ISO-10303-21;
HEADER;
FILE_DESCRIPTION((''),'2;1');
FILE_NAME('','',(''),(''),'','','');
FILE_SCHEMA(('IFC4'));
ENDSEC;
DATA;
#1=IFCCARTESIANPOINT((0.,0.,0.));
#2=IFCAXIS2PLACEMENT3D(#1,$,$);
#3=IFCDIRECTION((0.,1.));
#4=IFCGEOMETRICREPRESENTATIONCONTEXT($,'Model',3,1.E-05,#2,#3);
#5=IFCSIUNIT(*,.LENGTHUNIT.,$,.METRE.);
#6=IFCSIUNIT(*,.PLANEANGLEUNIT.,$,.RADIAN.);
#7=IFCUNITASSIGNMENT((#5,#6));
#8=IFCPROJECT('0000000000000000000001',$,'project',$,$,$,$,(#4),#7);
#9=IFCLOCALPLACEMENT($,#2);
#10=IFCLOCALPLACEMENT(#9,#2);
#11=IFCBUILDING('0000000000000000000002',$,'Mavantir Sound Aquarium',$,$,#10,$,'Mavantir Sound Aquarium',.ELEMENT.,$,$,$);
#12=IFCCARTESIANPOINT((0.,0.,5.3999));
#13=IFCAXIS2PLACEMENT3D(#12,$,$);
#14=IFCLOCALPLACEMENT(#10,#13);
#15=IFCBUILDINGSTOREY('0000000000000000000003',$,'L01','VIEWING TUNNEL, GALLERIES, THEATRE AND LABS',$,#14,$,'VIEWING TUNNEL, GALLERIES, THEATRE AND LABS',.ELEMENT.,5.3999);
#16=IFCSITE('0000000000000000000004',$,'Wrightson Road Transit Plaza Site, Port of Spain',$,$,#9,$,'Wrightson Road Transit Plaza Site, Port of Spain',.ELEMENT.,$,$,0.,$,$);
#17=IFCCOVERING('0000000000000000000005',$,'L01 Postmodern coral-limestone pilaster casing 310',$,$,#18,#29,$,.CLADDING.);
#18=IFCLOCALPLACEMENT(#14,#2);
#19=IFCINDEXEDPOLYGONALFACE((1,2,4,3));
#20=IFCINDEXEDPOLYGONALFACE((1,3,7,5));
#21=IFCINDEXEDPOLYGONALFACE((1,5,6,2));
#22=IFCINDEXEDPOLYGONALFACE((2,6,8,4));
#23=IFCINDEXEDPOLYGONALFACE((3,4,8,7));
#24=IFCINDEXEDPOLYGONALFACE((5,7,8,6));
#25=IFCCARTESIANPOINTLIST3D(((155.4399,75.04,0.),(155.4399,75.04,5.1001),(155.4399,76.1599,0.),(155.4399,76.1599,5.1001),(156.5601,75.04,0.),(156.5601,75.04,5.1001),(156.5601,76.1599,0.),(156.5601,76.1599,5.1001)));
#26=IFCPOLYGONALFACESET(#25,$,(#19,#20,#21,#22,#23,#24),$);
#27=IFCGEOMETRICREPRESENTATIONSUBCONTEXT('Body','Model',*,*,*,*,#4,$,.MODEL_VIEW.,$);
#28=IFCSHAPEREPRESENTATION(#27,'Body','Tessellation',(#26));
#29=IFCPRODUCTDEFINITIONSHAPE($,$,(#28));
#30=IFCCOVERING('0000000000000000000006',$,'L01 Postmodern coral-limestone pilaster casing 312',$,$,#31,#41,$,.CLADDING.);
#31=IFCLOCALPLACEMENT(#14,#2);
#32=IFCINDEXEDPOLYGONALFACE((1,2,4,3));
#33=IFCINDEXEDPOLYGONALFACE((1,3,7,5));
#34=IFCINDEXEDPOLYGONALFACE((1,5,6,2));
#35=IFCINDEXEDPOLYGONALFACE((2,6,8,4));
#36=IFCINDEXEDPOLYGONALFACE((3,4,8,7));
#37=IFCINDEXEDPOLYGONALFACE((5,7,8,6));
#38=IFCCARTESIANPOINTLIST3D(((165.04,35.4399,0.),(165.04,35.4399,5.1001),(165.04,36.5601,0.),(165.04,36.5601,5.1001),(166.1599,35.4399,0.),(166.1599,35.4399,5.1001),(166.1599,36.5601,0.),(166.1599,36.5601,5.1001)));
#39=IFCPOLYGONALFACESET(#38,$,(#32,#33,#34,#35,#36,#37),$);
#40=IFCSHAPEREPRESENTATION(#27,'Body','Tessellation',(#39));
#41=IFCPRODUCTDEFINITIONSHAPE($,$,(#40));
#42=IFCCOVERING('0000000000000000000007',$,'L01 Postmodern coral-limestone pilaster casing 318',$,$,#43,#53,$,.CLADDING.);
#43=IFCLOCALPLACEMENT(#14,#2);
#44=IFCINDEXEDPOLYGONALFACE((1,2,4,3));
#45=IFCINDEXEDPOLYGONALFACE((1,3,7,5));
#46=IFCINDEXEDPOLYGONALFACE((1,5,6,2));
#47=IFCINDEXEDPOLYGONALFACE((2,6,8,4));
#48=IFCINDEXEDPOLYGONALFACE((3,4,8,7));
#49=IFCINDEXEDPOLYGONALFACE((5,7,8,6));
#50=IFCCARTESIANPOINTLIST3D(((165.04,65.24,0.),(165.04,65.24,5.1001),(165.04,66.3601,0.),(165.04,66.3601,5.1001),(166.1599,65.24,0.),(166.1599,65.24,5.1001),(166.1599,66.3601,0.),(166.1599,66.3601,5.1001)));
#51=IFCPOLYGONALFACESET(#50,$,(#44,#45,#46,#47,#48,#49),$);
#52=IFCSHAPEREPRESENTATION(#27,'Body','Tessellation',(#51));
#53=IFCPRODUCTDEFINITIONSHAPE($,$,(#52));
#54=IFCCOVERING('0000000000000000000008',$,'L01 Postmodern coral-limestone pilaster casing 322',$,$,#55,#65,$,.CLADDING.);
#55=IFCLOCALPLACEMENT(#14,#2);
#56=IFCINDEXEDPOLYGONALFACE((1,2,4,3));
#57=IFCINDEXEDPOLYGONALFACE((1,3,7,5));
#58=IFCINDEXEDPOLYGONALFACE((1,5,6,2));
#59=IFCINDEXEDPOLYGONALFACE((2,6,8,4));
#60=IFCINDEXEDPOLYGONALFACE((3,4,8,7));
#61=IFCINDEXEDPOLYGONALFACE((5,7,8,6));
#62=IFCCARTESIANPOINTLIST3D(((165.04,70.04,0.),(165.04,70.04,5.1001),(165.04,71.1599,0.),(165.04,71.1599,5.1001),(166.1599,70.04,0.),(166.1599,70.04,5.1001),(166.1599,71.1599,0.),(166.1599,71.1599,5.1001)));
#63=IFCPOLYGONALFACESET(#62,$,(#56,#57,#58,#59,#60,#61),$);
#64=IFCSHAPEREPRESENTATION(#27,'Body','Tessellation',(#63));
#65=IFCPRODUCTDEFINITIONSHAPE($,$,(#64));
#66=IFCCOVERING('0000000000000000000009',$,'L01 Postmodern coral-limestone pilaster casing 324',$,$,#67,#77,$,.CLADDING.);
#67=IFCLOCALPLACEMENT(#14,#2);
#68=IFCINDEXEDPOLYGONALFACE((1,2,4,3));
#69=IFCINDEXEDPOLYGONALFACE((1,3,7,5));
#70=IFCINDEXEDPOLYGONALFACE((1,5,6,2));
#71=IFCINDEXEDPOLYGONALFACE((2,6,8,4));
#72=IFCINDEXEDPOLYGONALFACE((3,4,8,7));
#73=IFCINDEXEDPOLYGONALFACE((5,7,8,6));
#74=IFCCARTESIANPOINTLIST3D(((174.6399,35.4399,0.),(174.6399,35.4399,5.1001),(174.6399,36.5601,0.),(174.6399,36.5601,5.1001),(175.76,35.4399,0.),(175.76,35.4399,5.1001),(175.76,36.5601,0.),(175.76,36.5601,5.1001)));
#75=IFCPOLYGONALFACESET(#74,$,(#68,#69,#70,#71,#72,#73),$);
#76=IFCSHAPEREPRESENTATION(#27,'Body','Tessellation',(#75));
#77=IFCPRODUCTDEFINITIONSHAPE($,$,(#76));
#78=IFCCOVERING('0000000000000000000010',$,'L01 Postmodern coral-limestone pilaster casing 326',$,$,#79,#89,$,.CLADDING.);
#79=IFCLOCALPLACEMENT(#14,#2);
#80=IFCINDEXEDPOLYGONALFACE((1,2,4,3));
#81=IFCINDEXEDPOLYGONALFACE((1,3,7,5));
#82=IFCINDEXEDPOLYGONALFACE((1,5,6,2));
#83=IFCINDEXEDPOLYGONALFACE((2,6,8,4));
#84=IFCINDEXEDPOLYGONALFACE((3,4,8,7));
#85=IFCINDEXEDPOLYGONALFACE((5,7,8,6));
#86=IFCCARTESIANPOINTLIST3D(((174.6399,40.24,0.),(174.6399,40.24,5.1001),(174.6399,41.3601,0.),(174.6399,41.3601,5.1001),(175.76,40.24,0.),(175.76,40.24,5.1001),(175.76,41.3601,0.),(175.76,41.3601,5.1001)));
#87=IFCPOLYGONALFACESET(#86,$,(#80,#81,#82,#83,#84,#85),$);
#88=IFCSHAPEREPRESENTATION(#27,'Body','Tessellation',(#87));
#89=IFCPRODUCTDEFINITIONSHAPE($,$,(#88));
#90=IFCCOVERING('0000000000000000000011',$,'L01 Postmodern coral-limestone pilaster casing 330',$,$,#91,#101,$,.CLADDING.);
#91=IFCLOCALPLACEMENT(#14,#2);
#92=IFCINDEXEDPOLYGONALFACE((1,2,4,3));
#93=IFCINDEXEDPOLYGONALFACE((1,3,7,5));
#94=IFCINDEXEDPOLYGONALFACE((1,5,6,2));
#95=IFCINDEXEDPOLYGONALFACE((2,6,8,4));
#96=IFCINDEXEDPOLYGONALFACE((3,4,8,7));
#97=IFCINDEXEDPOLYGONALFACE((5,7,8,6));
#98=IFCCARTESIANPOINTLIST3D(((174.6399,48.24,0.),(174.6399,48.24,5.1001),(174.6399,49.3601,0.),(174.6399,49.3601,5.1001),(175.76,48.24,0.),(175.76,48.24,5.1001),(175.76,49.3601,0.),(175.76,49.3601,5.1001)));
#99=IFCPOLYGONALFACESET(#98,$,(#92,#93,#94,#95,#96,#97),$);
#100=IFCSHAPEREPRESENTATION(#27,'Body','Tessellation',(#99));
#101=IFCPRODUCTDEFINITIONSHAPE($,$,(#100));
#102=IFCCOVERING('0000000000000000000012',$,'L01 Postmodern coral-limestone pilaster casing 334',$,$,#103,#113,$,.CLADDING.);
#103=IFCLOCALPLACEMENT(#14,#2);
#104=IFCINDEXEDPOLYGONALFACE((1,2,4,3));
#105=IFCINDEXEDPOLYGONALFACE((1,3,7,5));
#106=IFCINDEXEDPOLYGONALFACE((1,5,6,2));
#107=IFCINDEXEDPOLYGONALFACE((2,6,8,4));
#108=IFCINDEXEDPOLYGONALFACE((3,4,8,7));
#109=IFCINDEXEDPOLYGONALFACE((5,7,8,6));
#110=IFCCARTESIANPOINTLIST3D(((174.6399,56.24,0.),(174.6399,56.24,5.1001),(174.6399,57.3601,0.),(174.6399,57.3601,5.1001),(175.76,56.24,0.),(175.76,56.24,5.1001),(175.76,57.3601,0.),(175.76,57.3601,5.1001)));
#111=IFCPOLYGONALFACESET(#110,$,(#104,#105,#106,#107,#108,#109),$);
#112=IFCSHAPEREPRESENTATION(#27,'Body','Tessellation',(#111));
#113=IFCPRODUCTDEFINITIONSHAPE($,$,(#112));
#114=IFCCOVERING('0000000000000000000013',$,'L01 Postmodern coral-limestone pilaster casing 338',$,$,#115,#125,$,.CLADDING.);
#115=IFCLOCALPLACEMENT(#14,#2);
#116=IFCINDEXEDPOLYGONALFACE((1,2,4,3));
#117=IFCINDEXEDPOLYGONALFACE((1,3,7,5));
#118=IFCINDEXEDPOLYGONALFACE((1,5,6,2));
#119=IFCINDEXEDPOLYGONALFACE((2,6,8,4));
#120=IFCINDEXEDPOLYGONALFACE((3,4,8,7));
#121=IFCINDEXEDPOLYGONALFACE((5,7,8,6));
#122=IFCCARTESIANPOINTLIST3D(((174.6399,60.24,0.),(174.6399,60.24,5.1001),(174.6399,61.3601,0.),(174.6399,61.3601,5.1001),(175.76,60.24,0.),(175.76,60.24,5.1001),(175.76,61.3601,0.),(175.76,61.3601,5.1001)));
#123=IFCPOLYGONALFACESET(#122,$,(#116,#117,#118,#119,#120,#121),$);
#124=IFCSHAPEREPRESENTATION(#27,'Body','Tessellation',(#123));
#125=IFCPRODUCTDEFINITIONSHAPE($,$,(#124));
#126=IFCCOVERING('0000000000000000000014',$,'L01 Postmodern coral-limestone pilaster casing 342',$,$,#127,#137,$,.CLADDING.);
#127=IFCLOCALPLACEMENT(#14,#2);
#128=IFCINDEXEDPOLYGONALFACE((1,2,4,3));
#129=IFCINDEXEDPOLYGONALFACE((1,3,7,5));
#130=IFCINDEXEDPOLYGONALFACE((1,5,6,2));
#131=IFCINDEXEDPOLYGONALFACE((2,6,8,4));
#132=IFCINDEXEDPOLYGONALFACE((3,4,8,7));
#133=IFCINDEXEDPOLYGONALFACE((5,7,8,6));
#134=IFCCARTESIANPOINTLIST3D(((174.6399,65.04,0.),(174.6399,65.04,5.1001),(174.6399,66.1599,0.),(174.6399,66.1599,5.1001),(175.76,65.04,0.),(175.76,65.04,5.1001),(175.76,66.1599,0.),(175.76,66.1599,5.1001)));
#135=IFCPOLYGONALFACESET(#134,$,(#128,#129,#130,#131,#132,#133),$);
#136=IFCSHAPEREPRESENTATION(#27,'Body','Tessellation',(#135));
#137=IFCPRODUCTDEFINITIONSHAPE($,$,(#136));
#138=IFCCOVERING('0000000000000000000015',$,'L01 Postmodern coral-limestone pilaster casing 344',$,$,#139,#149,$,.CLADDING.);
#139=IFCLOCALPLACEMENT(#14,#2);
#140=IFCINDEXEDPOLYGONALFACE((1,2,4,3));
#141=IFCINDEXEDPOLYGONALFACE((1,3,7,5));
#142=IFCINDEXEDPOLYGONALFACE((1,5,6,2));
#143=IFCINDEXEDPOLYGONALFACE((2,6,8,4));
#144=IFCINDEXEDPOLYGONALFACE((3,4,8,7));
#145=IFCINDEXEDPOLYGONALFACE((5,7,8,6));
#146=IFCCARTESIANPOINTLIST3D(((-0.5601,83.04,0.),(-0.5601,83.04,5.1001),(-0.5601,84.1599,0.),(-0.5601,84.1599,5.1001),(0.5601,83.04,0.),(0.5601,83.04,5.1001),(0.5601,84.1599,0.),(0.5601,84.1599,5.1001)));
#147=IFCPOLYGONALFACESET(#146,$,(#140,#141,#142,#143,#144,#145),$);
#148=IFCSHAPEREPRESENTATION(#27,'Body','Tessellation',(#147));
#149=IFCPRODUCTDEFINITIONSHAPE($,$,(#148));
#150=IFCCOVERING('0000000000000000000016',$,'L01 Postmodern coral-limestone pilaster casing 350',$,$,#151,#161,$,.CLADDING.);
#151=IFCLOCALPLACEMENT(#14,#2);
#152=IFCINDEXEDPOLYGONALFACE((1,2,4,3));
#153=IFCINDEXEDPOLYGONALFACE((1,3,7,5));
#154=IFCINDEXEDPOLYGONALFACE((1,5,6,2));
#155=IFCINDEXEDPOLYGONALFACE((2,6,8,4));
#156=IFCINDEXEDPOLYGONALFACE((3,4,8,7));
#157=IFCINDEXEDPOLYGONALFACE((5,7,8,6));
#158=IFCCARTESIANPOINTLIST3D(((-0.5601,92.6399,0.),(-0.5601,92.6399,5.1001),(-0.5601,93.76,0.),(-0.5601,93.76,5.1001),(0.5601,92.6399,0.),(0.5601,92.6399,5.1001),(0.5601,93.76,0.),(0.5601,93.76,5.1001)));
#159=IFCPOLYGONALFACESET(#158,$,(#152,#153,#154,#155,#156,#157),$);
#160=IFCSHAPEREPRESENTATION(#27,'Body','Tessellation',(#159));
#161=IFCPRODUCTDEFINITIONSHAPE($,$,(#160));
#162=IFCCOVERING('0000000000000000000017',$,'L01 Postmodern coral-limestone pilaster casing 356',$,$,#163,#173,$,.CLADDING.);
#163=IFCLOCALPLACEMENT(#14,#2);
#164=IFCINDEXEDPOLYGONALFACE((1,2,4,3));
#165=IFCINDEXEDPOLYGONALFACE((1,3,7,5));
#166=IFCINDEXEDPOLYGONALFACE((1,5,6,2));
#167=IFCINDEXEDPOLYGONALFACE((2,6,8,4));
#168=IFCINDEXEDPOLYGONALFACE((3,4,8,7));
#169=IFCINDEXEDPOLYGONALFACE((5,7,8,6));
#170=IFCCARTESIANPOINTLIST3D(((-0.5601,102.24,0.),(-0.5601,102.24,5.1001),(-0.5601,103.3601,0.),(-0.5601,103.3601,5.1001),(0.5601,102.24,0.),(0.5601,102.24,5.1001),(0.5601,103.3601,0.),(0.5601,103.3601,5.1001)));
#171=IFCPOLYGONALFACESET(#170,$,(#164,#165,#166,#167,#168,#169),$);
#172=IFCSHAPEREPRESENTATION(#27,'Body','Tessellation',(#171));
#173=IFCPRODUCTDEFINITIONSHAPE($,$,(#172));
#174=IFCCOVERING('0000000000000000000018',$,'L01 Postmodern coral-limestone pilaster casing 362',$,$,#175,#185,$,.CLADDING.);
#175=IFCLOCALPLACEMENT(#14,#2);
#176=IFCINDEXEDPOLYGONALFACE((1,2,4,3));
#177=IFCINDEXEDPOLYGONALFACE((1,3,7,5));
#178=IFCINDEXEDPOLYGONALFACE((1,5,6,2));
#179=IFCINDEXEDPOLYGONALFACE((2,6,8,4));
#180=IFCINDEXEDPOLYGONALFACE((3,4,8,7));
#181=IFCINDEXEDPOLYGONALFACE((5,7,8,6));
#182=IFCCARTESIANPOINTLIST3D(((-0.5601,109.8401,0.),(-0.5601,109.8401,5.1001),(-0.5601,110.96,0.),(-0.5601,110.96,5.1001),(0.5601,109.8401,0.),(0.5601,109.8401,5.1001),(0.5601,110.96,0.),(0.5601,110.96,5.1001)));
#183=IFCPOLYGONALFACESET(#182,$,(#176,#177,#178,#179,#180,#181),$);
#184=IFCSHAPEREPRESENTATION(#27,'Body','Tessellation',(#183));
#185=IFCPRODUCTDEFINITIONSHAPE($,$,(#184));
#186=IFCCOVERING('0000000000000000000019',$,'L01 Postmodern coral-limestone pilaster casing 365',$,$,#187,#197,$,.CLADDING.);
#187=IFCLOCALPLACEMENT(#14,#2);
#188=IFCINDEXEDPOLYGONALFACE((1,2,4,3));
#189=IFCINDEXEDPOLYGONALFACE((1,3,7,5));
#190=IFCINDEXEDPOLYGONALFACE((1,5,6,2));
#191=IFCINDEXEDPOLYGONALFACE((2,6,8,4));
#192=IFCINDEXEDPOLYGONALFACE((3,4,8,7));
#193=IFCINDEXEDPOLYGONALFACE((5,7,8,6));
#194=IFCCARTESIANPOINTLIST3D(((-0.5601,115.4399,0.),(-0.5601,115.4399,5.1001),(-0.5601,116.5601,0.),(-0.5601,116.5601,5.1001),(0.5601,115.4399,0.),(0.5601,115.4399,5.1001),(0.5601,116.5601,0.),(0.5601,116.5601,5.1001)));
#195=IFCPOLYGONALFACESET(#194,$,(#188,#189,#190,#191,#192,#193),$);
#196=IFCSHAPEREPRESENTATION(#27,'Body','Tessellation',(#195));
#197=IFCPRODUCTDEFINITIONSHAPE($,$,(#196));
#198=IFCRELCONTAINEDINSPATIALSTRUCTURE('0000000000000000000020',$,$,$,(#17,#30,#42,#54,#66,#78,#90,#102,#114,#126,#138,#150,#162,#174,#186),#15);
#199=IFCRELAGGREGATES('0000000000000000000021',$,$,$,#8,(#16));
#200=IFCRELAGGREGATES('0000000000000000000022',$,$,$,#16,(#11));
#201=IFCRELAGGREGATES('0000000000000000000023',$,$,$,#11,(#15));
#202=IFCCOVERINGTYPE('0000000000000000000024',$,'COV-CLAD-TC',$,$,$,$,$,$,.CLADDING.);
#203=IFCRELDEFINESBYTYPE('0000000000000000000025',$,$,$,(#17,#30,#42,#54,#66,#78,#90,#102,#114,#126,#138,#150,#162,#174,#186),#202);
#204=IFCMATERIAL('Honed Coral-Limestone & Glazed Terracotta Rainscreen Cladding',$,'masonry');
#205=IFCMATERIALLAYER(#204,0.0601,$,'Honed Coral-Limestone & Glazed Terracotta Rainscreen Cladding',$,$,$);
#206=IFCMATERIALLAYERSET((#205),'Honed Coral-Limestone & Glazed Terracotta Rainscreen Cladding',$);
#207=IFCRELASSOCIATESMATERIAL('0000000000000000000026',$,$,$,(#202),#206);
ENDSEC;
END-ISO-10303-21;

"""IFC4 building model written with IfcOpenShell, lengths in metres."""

from ifc_helpers import new_model, si_unit, direction, frame, origin, place, context, subcontext, project, spatial, polyline, outline, extrude, material, layer, layer_set, type_object, element, save


model = new_model("IFC4")

# Units and contexts
model_context = context("Model", 3, precision=1e-05, world=origin(), true_north=direction((0.0, 1.0)))
body_context = subcontext(model_context, "Body", "Model", "MODEL_VIEW")
ifc_project = project(units=[si_unit("LENGTHUNIT", "METRE"), si_unit("PLANEANGLEUNIT", "RADIAN")], contexts=[model_context])

# Site, building, storey
site_placement = place(None, origin())
site = spatial("IfcSite", under=ifc_project, at=site_placement, Name="Wrightson Road Transit Plaza Site, Port of Spain", LongName="Wrightson Road Transit Plaza Site, Port of Spain", CompositionType="ELEMENT", RefElevation=0.0)
building_placement = place(site_placement, origin())
building = spatial("IfcBuilding", under=site, at=building_placement, Name="Mavantir Sound Aquarium", LongName="Mavantir Sound Aquarium", CompositionType="ELEMENT")
storey_placement = place(building_placement, frame((0.0, 0.0, 5.3999)))
storey = spatial("IfcBuildingStorey", under=building, at=storey_placement, Name="L01", Description="VIEWING TUNNEL, GALLERIES, THEATRE AND LABS", LongName="VIEWING TUNNEL, GALLERIES, THEATRE AND LABS", CompositionType="ELEMENT", Elevation=5.3999)

# Coverings
ifc_material = material(Name="Honed Coral-Limestone & Glazed Terracotta Rainscreen Cladding", Category="masonry")
ifc_layer = layer(ifc_material, 0.0601, Name="Honed Coral-Limestone & Glazed Terracotta Rainscreen Cladding")
ifc_layer_set = layer_set([ifc_layer], Name="Honed Coral-Limestone & Glazed Terracotta Rainscreen Cladding")
covering_type = type_object("IfcCoveringType", Name="COV-CLAD-TC", PredefinedType="CLADDING", material=ifc_layer_set)
covering_1_placement = place(storey_placement, origin())
element("IfcCovering", 1, at=covering_1_placement, inside=storey, type_object=covering_type, Name="L01 Postmodern coral-limestone pilaster casing 310", PredefinedType="CLADDING", context=body_context, shape_type="SweptSolid", body=[
    extrude(outline(polyline([(155.4399, 75.04), (156.5601, 75.04), (156.5601, 76.1599), (155.4399, 76.1599), (155.4399, 75.04)])), origin(), (0.0, 0.0, 1.0), 5.1001),
])
covering_2_placement = place(storey_placement, origin())
element("IfcCovering", 2, at=covering_2_placement, inside=storey, type_object=covering_type, Name="L01 Postmodern coral-limestone pilaster casing 312", PredefinedType="CLADDING", context=body_context, shape_type="SweptSolid", body=[
    extrude(outline(polyline([(165.04, 35.4399), (166.1599, 35.4399), (166.1599, 36.5601), (165.04, 36.5601), (165.04, 35.4399)])), origin(), (0.0, 0.0, 1.0), 5.1001),
])
covering_3_placement = place(storey_placement, origin())
element("IfcCovering", 3, at=covering_3_placement, inside=storey, type_object=covering_type, Name="L01 Postmodern coral-limestone pilaster casing 318", PredefinedType="CLADDING", context=body_context, shape_type="SweptSolid", body=[
    extrude(outline(polyline([(165.04, 65.24), (166.1599, 65.24), (166.1599, 66.3601), (165.04, 66.3601), (165.04, 65.24)])), origin(), (0.0, 0.0, 1.0), 5.1001),
])
covering_4_placement = place(storey_placement, origin())
element("IfcCovering", 4, at=covering_4_placement, inside=storey, type_object=covering_type, Name="L01 Postmodern coral-limestone pilaster casing 322", PredefinedType="CLADDING", context=body_context, shape_type="SweptSolid", body=[
    extrude(outline(polyline([(165.04, 70.04), (166.1599, 70.04), (166.1599, 71.1599), (165.04, 71.1599), (165.04, 70.04)])), origin(), (0.0, 0.0, 1.0), 5.1001),
])
covering_5_placement = place(storey_placement, origin())
element("IfcCovering", 5, at=covering_5_placement, inside=storey, type_object=covering_type, Name="L01 Postmodern coral-limestone pilaster casing 324", PredefinedType="CLADDING", context=body_context, shape_type="SweptSolid", body=[
    extrude(outline(polyline([(174.6399, 35.4399), (175.76, 35.4399), (175.76, 36.5601), (174.6399, 36.5601), (174.6399, 35.4399)])), origin(), (0.0, 0.0, 1.0), 5.1001),
])
covering_6_placement = place(storey_placement, origin())
element("IfcCovering", 6, at=covering_6_placement, inside=storey, type_object=covering_type, Name="L01 Postmodern coral-limestone pilaster casing 326", PredefinedType="CLADDING", context=body_context, shape_type="SweptSolid", body=[
    extrude(outline(polyline([(174.6399, 40.24), (175.76, 40.24), (175.76, 41.3601), (174.6399, 41.3601), (174.6399, 40.24)])), origin(), (0.0, 0.0, 1.0), 5.1001),
])
covering_7_placement = place(storey_placement, origin())
element("IfcCovering", 7, at=covering_7_placement, inside=storey, type_object=covering_type, Name="L01 Postmodern coral-limestone pilaster casing 330", PredefinedType="CLADDING", context=body_context, shape_type="SweptSolid", body=[
    extrude(outline(polyline([(174.6399, 48.24), (175.76, 48.24), (175.76, 49.3601), (174.6399, 49.3601), (174.6399, 48.24)])), origin(), (0.0, 0.0, 1.0), 5.1001),
])
covering_8_placement = place(storey_placement, origin())
element("IfcCovering", 8, at=covering_8_placement, inside=storey, type_object=covering_type, Name="L01 Postmodern coral-limestone pilaster casing 334", PredefinedType="CLADDING", context=body_context, shape_type="SweptSolid", body=[
    extrude(outline(polyline([(174.6399, 56.24), (175.76, 56.24), (175.76, 57.3601), (174.6399, 57.3601), (174.6399, 56.24)])), origin(), (0.0, 0.0, 1.0), 5.1001),
])
covering_9_placement = place(storey_placement, origin())
element("IfcCovering", 9, at=covering_9_placement, inside=storey, type_object=covering_type, Name="L01 Postmodern coral-limestone pilaster casing 338", PredefinedType="CLADDING", context=body_context, shape_type="SweptSolid", body=[
    extrude(outline(polyline([(174.6399, 60.24), (175.76, 60.24), (175.76, 61.3601), (174.6399, 61.3601), (174.6399, 60.24)])), origin(), (0.0, 0.0, 1.0), 5.1001),
])
covering_10_placement = place(storey_placement, origin())
element("IfcCovering", 10, at=covering_10_placement, inside=storey, type_object=covering_type, Name="L01 Postmodern coral-limestone pilaster casing 342", PredefinedType="CLADDING", context=body_context, shape_type="SweptSolid", body=[
    extrude(outline(polyline([(174.6399, 65.04), (175.76, 65.04), (175.76, 66.1599), (174.6399, 66.1599), (174.6399, 65.04)])), origin(), (0.0, 0.0, 1.0), 5.1001),
])
covering_11_placement = place(storey_placement, origin())
element("IfcCovering", 11, at=covering_11_placement, inside=storey, type_object=covering_type, Name="L01 Postmodern coral-limestone pilaster casing 344", PredefinedType="CLADDING", context=body_context, shape_type="SweptSolid", body=[
    extrude(outline(polyline([(-0.5601, 83.04), (0.5601, 83.04), (0.5601, 84.1599), (-0.5601, 84.1599), (-0.5601, 83.04)])), origin(), (0.0, 0.0, 1.0), 5.1001),
])
covering_12_placement = place(storey_placement, origin())
element("IfcCovering", 12, at=covering_12_placement, inside=storey, type_object=covering_type, Name="L01 Postmodern coral-limestone pilaster casing 350", PredefinedType="CLADDING", context=body_context, shape_type="SweptSolid", body=[
    extrude(outline(polyline([(-0.5601, 92.6399), (0.5601, 92.6399), (0.5601, 93.76), (-0.5601, 93.76), (-0.5601, 92.6399)])), origin(), (0.0, 0.0, 1.0), 5.1001),
])
covering_13_placement = place(storey_placement, origin())
element("IfcCovering", 13, at=covering_13_placement, inside=storey, type_object=covering_type, Name="L01 Postmodern coral-limestone pilaster casing 356", PredefinedType="CLADDING", context=body_context, shape_type="SweptSolid", body=[
    extrude(outline(polyline([(-0.5601, 102.24), (0.5601, 102.24), (0.5601, 103.3601), (-0.5601, 103.3601), (-0.5601, 102.24)])), origin(), (0.0, 0.0, 1.0), 5.1001),
])
covering_14_placement = place(storey_placement, origin())
element("IfcCovering", 14, at=covering_14_placement, inside=storey, type_object=covering_type, Name="L01 Postmodern coral-limestone pilaster casing 362", PredefinedType="CLADDING", context=body_context, shape_type="SweptSolid", body=[
    extrude(outline(polyline([(-0.5601, 109.8401), (0.5601, 109.8401), (0.5601, 110.96), (-0.5601, 110.96), (-0.5601, 109.8401)])), origin(), (0.0, 0.0, 1.0), 5.1001),
])
covering_15_placement = place(storey_placement, origin())
element("IfcCovering", 15, at=covering_15_placement, inside=storey, type_object=covering_type, Name="L01 Postmodern coral-limestone pilaster casing 365", PredefinedType="CLADDING", context=body_context, shape_type="SweptSolid", body=[
    extrude(outline(polyline([(-0.5601, 115.4399), (0.5601, 115.4399), (0.5601, 116.5601), (-0.5601, 116.5601), (-0.5601, 115.4399)])), origin(), (0.0, 0.0, 1.0), 5.1001),
])

save(model, "model.ifc")
